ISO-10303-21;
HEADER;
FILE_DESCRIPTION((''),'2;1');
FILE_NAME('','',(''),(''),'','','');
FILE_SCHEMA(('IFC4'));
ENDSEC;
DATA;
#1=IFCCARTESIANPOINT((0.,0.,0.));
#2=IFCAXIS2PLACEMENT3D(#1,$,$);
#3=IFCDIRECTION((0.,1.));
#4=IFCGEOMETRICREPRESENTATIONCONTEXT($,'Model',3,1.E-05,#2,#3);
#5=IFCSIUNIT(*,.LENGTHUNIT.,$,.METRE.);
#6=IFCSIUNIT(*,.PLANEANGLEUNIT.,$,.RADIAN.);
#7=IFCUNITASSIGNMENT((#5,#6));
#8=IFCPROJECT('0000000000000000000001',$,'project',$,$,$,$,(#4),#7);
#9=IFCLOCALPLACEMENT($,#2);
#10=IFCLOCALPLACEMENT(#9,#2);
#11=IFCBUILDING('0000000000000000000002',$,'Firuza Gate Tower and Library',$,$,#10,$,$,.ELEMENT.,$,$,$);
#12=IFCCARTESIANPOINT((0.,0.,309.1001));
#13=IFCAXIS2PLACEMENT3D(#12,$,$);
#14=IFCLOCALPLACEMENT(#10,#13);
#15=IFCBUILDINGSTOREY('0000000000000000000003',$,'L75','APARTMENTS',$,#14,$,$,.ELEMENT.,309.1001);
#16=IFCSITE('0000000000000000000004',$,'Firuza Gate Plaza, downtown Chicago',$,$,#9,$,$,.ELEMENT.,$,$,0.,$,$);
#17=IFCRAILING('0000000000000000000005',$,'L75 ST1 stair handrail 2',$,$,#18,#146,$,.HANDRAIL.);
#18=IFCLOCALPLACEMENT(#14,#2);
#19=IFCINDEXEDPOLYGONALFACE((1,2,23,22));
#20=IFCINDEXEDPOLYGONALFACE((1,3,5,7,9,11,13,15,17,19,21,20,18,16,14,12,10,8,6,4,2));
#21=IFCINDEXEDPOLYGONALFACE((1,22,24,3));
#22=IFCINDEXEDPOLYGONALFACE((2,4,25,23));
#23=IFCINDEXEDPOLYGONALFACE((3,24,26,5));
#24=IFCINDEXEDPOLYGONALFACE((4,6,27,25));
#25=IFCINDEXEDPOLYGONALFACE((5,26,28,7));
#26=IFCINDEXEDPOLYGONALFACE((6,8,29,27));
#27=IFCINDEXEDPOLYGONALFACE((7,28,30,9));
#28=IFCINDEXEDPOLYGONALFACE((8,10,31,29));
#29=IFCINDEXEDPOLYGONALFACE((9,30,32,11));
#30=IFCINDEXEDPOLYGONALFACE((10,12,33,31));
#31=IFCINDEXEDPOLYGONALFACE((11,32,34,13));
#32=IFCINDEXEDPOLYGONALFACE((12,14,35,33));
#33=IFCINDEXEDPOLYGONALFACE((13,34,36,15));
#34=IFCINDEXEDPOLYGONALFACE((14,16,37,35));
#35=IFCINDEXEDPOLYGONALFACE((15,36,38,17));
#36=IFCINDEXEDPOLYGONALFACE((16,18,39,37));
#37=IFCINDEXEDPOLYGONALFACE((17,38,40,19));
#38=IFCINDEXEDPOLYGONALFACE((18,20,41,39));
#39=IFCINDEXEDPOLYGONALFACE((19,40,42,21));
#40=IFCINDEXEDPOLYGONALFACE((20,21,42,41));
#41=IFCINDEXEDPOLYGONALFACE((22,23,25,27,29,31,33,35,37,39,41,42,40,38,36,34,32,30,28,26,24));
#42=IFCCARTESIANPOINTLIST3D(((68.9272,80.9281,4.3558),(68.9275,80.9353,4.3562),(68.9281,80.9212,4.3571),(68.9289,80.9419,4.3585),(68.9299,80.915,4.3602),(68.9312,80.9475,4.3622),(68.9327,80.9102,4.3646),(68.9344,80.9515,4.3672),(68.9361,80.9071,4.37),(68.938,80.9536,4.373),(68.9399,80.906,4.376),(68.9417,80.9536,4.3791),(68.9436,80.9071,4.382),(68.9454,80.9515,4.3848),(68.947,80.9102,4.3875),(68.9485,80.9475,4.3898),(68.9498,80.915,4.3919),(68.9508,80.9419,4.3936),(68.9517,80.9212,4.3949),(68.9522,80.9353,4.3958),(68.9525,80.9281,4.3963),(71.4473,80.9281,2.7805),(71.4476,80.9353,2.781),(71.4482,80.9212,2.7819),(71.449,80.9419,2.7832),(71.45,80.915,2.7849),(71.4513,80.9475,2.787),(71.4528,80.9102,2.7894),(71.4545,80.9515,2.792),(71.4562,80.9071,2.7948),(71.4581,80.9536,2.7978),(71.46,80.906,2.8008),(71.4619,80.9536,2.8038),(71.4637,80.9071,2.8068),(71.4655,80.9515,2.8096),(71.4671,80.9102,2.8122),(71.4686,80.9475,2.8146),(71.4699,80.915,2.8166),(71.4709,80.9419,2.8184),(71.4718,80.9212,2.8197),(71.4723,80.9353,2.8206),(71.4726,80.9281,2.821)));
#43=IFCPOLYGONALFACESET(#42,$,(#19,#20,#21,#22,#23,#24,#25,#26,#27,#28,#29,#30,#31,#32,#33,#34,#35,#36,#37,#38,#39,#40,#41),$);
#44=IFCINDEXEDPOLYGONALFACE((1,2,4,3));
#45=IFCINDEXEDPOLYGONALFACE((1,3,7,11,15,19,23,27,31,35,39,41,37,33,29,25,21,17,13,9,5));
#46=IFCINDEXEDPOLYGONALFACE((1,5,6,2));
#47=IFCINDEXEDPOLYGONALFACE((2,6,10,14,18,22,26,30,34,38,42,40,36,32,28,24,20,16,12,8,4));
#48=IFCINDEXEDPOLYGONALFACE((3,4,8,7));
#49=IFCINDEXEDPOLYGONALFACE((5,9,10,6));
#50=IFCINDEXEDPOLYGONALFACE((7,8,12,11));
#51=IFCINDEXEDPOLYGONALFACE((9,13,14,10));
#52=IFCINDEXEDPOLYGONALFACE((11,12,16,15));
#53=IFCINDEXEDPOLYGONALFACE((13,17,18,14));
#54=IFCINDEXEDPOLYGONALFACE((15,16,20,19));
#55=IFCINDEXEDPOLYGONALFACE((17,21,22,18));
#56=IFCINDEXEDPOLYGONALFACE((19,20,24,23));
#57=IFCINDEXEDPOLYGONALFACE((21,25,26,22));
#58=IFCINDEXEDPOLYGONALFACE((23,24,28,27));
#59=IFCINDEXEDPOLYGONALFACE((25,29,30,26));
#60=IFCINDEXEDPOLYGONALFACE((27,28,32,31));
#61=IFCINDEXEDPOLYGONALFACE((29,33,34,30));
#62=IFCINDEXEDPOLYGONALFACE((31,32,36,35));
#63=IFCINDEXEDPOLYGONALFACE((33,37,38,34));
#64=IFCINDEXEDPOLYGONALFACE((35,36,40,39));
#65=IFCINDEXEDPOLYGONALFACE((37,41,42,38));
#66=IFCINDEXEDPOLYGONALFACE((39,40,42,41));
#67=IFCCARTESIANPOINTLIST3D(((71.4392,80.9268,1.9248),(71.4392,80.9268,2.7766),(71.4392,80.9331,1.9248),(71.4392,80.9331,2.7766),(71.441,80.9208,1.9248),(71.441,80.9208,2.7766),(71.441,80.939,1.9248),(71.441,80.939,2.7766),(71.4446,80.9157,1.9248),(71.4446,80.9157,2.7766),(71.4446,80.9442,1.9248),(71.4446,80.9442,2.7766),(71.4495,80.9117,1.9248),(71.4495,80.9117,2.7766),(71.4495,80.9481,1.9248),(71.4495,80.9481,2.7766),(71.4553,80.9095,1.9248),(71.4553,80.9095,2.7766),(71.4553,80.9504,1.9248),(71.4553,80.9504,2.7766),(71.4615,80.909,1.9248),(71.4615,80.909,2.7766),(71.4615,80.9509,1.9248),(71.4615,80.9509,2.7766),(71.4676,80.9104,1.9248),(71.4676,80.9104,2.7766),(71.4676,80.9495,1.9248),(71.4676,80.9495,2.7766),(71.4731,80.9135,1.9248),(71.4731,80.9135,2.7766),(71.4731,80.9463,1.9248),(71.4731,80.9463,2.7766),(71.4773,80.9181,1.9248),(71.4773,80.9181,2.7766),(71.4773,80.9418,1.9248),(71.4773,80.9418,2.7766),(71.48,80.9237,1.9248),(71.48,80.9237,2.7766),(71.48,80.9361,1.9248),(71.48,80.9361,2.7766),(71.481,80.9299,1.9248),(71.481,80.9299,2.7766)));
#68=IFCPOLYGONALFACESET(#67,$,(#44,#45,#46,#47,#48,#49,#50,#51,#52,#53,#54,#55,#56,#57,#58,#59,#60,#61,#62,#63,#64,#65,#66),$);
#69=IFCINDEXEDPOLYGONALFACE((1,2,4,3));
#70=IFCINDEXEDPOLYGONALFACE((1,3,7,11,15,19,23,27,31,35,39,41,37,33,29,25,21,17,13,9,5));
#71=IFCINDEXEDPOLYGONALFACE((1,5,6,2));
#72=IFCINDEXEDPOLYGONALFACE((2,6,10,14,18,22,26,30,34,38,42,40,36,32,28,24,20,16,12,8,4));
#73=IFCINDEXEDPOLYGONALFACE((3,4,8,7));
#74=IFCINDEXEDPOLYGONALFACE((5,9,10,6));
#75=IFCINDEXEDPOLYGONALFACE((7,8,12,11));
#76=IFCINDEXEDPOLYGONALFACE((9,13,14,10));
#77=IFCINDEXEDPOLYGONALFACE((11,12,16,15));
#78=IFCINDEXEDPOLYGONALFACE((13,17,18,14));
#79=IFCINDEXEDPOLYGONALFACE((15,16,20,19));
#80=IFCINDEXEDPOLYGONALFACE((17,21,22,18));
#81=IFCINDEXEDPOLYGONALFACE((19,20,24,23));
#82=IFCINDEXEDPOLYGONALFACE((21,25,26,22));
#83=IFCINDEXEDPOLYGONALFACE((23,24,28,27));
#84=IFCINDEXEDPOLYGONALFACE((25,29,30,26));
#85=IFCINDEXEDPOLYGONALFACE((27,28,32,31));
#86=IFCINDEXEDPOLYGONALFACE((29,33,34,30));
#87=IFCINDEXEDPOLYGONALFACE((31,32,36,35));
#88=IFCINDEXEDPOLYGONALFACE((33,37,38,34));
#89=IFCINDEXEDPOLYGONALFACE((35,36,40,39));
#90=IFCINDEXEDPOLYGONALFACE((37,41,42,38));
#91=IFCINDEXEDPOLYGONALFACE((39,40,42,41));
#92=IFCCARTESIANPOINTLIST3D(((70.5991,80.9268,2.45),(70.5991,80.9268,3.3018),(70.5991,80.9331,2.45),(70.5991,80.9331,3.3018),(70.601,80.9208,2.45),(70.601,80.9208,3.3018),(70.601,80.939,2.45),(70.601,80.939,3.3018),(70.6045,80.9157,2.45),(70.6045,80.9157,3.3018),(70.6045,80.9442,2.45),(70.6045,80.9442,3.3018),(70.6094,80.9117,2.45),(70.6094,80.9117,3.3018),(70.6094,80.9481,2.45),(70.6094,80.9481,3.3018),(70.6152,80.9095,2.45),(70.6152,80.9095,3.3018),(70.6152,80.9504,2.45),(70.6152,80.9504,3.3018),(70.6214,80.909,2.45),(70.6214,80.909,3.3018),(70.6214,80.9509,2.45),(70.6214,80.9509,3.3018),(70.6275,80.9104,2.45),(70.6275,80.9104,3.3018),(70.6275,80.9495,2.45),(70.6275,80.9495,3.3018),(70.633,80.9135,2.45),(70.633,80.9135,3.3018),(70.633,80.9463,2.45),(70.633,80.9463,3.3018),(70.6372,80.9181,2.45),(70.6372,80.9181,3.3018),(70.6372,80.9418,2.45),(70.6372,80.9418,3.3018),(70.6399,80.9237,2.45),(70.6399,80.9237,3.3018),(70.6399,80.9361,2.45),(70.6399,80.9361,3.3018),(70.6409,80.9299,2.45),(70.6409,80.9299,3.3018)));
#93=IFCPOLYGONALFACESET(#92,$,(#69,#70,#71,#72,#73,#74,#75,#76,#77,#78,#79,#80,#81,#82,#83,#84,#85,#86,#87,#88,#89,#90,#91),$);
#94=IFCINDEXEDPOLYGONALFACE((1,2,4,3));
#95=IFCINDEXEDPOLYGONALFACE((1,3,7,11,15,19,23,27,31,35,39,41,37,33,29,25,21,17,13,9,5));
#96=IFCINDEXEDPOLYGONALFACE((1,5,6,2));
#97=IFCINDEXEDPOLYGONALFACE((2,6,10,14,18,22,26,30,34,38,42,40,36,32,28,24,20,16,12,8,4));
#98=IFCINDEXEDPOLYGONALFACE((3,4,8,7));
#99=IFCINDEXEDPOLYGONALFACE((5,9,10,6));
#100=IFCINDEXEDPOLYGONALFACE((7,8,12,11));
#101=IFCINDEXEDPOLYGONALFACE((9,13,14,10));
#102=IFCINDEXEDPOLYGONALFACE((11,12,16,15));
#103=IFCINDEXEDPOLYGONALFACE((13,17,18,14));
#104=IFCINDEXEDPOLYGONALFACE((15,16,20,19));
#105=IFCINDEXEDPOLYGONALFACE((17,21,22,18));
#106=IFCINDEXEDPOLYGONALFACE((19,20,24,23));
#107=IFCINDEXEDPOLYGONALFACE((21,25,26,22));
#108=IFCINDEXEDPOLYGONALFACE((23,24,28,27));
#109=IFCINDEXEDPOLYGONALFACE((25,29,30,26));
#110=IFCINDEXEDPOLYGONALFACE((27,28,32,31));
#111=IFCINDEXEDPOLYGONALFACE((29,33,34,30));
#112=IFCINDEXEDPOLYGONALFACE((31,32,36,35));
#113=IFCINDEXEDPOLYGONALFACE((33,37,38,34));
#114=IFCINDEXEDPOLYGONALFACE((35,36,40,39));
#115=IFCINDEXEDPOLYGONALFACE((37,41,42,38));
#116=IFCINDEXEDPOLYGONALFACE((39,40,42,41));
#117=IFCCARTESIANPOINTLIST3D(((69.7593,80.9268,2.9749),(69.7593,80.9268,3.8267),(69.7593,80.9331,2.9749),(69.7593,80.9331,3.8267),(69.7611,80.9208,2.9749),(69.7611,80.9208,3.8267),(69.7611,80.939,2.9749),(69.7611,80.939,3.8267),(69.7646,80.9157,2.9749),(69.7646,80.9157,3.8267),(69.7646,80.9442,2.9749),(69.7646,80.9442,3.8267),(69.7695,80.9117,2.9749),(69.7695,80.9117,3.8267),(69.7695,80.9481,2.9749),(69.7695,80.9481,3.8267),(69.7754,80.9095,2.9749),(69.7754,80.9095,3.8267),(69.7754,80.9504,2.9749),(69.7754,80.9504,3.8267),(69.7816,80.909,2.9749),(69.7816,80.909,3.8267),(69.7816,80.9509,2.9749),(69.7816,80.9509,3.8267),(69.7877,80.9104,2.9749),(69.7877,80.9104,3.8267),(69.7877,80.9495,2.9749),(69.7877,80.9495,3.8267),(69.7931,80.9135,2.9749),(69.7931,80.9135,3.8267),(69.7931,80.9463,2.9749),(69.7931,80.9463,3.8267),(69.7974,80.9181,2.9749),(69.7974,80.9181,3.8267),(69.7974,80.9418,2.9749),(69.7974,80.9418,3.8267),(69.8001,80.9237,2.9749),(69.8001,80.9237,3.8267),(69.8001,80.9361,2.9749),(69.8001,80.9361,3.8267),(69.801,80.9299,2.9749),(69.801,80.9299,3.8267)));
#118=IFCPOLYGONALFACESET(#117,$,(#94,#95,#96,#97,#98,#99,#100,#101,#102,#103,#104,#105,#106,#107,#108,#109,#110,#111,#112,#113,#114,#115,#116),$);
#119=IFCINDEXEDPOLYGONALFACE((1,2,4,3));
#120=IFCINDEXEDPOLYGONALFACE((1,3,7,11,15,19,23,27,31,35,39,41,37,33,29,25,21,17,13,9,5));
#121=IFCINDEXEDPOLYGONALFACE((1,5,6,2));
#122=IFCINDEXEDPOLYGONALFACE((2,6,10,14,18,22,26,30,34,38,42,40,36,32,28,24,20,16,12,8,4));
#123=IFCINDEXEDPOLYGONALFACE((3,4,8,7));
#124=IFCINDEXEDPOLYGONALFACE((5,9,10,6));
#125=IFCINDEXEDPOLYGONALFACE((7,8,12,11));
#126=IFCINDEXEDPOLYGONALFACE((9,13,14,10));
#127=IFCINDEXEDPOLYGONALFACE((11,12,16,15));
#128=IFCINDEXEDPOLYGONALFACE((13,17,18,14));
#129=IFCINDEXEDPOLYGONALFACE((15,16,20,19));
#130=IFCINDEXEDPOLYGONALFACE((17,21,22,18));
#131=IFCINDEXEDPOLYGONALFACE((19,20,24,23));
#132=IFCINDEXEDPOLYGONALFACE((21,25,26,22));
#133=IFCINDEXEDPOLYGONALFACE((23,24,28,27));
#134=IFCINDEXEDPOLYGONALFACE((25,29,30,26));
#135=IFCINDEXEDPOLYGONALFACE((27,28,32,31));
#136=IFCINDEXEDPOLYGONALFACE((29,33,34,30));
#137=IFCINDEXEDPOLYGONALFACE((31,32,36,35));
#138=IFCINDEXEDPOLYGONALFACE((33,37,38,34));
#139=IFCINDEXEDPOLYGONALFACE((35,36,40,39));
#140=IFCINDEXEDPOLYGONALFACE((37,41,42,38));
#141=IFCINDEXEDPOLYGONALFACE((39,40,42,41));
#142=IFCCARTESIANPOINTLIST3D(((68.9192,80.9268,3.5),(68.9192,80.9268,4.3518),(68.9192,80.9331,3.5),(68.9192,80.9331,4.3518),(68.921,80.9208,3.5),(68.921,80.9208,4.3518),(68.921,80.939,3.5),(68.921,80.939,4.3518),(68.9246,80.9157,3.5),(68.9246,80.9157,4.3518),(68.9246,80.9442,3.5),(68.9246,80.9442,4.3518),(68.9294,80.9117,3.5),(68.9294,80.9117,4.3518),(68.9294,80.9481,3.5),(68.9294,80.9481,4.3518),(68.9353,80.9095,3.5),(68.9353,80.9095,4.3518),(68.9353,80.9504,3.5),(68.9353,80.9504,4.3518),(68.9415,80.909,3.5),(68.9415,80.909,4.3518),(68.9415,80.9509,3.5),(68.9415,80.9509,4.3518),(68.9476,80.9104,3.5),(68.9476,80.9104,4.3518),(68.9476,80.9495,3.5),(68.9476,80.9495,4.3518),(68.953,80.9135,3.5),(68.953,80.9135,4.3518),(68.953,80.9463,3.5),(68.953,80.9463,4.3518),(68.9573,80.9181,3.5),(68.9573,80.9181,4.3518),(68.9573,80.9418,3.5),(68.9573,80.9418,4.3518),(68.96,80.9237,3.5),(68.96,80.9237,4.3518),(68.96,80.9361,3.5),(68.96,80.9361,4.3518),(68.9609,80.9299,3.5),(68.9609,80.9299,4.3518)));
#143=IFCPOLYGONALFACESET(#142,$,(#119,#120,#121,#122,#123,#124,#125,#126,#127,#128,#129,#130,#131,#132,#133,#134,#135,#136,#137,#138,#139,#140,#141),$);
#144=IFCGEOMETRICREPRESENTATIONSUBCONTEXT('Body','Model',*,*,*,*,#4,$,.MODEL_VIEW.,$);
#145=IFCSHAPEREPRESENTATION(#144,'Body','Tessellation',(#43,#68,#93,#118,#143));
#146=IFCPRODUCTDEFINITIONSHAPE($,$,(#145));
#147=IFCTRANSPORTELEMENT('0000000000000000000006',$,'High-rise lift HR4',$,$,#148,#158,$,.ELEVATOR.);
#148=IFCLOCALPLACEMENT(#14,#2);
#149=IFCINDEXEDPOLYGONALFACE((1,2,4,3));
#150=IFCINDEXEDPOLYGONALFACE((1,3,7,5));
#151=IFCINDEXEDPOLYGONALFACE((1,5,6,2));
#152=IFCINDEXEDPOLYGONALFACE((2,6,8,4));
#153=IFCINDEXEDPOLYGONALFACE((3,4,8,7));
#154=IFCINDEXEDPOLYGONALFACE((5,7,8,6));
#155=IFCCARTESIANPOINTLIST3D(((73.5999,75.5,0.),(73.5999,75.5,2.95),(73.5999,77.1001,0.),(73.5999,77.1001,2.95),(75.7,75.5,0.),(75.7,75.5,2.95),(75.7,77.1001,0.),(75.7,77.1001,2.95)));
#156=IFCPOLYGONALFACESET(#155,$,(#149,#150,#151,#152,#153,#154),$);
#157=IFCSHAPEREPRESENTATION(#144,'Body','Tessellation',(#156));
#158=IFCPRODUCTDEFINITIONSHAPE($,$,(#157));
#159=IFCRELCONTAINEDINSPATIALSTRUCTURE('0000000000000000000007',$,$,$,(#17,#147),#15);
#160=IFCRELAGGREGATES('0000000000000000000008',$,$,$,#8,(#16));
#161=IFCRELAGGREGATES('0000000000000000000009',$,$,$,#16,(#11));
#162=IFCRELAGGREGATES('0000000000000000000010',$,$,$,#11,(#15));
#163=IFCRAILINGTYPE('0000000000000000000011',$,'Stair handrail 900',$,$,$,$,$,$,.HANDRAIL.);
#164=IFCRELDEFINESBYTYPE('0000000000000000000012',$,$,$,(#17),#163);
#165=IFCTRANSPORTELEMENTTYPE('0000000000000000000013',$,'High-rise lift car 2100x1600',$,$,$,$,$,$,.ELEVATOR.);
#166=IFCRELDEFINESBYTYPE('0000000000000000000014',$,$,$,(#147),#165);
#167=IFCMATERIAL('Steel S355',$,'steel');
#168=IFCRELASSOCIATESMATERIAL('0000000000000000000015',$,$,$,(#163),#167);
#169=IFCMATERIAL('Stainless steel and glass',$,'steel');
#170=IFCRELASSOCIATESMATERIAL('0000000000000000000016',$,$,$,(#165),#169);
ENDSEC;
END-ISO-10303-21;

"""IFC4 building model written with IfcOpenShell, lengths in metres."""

from ifc_helpers import new_model, si_unit, direction, frame, origin, origin_2d, place, context, subcontext, project, spatial, rectangle, circle, extrude, material, type_object, element, save


model = new_model("IFC4")

# Units and contexts
model_context = context("Model", 3, precision=1e-05, world=origin(), true_north=direction((0.0, 1.0)))
body_context = subcontext(model_context, "Body", "Model", "MODEL_VIEW")
ifc_project = project(units=[si_unit("LENGTHUNIT", "METRE"), si_unit("PLANEANGLEUNIT", "RADIAN")], contexts=[model_context])

# Site, building, storey
site_placement = place(None, origin())
site = spatial("IfcSite", under=ifc_project, at=site_placement, Name="Firuza Gate Plaza, downtown Chicago", CompositionType="ELEMENT", RefElevation=0.0)
building_placement = place(site_placement, origin())
building = spatial("IfcBuilding", under=site, at=building_placement, Name="Firuza Gate Tower and Library", CompositionType="ELEMENT")
storey_placement = place(building_placement, frame((0.0, 0.0, 309.1001)))
storey = spatial("IfcBuildingStorey", under=building, at=storey_placement, Name="L75", Description="APARTMENTS", CompositionType="ELEMENT", Elevation=309.1001)

# Railing
ifc_material_1 = material(Name="Steel S355", Category="steel")
railing_type = type_object("IfcRailingType", Name="Stair handrail 900", PredefinedType="HANDRAIL", material=ifc_material_1)
railing_placement = place(storey_placement, frame((71.46, 80.9299, 1.9248)))
element("IfcRailing", 1, at=railing_placement, inside=storey, type_object=railing_type, Name="L75 ST1 stair handrail 2", PredefinedType="HANDRAIL", context=body_context, shape_type="SweptSolid", body=[
    extrude(circle(Radius=0.0239, at=origin_2d()), frame((0.0, 0.0, 0.876), z_axis=(-0.847971, 0.0, 0.530043), x_axis=(0.0, -1.0, 0.0)), (0.0, 0.0, 1.0), 2.9719),
    extrude(circle(Radius=0.021, at=origin_2d()), origin(), (0.0, 0.0, 1.0), 0.8518),
    extrude(circle(Radius=0.021, at=origin_2d()), frame((-0.8401, 0.0, 0.5251)), (0.0, 0.0, 1.0), 0.8518),
    extrude(circle(Radius=0.021, at=origin_2d()), frame((-1.6799, 0.0, 1.05)), (0.0, 0.0, 1.0), 0.8518),
    extrude(circle(Radius=0.021, at=origin_2d()), frame((-2.52, 0.0, 1.5752)), (0.0, 0.0, 1.0), 0.8518),
])

# Transport element
ifc_material_2 = material(Name="Stainless steel and glass", Category="steel")
transport_element_type = type_object("IfcTransportElementType", Name="High-rise lift car 2100x1600", PredefinedType="ELEVATOR", material=ifc_material_2)
transport_element_placement = place(storey_placement, frame((74.6499, 76.3, 0.0), z_axis=(0.0, 0.0, 1.0), x_axis=(1.0, 0.0, 0.0)))
element("IfcTransportElement", 2, at=transport_element_placement, inside=storey, type_object=transport_element_type, Name="High-rise lift HR4", PredefinedType="ELEVATOR", context=body_context, shape_type="SweptSolid", body=[
    extrude(rectangle(XDim=2.1001, YDim=1.6001, at=origin_2d()), origin(), (0.0, 0.0, 1.0), 2.95),
])

save(model, "model.ifc")
